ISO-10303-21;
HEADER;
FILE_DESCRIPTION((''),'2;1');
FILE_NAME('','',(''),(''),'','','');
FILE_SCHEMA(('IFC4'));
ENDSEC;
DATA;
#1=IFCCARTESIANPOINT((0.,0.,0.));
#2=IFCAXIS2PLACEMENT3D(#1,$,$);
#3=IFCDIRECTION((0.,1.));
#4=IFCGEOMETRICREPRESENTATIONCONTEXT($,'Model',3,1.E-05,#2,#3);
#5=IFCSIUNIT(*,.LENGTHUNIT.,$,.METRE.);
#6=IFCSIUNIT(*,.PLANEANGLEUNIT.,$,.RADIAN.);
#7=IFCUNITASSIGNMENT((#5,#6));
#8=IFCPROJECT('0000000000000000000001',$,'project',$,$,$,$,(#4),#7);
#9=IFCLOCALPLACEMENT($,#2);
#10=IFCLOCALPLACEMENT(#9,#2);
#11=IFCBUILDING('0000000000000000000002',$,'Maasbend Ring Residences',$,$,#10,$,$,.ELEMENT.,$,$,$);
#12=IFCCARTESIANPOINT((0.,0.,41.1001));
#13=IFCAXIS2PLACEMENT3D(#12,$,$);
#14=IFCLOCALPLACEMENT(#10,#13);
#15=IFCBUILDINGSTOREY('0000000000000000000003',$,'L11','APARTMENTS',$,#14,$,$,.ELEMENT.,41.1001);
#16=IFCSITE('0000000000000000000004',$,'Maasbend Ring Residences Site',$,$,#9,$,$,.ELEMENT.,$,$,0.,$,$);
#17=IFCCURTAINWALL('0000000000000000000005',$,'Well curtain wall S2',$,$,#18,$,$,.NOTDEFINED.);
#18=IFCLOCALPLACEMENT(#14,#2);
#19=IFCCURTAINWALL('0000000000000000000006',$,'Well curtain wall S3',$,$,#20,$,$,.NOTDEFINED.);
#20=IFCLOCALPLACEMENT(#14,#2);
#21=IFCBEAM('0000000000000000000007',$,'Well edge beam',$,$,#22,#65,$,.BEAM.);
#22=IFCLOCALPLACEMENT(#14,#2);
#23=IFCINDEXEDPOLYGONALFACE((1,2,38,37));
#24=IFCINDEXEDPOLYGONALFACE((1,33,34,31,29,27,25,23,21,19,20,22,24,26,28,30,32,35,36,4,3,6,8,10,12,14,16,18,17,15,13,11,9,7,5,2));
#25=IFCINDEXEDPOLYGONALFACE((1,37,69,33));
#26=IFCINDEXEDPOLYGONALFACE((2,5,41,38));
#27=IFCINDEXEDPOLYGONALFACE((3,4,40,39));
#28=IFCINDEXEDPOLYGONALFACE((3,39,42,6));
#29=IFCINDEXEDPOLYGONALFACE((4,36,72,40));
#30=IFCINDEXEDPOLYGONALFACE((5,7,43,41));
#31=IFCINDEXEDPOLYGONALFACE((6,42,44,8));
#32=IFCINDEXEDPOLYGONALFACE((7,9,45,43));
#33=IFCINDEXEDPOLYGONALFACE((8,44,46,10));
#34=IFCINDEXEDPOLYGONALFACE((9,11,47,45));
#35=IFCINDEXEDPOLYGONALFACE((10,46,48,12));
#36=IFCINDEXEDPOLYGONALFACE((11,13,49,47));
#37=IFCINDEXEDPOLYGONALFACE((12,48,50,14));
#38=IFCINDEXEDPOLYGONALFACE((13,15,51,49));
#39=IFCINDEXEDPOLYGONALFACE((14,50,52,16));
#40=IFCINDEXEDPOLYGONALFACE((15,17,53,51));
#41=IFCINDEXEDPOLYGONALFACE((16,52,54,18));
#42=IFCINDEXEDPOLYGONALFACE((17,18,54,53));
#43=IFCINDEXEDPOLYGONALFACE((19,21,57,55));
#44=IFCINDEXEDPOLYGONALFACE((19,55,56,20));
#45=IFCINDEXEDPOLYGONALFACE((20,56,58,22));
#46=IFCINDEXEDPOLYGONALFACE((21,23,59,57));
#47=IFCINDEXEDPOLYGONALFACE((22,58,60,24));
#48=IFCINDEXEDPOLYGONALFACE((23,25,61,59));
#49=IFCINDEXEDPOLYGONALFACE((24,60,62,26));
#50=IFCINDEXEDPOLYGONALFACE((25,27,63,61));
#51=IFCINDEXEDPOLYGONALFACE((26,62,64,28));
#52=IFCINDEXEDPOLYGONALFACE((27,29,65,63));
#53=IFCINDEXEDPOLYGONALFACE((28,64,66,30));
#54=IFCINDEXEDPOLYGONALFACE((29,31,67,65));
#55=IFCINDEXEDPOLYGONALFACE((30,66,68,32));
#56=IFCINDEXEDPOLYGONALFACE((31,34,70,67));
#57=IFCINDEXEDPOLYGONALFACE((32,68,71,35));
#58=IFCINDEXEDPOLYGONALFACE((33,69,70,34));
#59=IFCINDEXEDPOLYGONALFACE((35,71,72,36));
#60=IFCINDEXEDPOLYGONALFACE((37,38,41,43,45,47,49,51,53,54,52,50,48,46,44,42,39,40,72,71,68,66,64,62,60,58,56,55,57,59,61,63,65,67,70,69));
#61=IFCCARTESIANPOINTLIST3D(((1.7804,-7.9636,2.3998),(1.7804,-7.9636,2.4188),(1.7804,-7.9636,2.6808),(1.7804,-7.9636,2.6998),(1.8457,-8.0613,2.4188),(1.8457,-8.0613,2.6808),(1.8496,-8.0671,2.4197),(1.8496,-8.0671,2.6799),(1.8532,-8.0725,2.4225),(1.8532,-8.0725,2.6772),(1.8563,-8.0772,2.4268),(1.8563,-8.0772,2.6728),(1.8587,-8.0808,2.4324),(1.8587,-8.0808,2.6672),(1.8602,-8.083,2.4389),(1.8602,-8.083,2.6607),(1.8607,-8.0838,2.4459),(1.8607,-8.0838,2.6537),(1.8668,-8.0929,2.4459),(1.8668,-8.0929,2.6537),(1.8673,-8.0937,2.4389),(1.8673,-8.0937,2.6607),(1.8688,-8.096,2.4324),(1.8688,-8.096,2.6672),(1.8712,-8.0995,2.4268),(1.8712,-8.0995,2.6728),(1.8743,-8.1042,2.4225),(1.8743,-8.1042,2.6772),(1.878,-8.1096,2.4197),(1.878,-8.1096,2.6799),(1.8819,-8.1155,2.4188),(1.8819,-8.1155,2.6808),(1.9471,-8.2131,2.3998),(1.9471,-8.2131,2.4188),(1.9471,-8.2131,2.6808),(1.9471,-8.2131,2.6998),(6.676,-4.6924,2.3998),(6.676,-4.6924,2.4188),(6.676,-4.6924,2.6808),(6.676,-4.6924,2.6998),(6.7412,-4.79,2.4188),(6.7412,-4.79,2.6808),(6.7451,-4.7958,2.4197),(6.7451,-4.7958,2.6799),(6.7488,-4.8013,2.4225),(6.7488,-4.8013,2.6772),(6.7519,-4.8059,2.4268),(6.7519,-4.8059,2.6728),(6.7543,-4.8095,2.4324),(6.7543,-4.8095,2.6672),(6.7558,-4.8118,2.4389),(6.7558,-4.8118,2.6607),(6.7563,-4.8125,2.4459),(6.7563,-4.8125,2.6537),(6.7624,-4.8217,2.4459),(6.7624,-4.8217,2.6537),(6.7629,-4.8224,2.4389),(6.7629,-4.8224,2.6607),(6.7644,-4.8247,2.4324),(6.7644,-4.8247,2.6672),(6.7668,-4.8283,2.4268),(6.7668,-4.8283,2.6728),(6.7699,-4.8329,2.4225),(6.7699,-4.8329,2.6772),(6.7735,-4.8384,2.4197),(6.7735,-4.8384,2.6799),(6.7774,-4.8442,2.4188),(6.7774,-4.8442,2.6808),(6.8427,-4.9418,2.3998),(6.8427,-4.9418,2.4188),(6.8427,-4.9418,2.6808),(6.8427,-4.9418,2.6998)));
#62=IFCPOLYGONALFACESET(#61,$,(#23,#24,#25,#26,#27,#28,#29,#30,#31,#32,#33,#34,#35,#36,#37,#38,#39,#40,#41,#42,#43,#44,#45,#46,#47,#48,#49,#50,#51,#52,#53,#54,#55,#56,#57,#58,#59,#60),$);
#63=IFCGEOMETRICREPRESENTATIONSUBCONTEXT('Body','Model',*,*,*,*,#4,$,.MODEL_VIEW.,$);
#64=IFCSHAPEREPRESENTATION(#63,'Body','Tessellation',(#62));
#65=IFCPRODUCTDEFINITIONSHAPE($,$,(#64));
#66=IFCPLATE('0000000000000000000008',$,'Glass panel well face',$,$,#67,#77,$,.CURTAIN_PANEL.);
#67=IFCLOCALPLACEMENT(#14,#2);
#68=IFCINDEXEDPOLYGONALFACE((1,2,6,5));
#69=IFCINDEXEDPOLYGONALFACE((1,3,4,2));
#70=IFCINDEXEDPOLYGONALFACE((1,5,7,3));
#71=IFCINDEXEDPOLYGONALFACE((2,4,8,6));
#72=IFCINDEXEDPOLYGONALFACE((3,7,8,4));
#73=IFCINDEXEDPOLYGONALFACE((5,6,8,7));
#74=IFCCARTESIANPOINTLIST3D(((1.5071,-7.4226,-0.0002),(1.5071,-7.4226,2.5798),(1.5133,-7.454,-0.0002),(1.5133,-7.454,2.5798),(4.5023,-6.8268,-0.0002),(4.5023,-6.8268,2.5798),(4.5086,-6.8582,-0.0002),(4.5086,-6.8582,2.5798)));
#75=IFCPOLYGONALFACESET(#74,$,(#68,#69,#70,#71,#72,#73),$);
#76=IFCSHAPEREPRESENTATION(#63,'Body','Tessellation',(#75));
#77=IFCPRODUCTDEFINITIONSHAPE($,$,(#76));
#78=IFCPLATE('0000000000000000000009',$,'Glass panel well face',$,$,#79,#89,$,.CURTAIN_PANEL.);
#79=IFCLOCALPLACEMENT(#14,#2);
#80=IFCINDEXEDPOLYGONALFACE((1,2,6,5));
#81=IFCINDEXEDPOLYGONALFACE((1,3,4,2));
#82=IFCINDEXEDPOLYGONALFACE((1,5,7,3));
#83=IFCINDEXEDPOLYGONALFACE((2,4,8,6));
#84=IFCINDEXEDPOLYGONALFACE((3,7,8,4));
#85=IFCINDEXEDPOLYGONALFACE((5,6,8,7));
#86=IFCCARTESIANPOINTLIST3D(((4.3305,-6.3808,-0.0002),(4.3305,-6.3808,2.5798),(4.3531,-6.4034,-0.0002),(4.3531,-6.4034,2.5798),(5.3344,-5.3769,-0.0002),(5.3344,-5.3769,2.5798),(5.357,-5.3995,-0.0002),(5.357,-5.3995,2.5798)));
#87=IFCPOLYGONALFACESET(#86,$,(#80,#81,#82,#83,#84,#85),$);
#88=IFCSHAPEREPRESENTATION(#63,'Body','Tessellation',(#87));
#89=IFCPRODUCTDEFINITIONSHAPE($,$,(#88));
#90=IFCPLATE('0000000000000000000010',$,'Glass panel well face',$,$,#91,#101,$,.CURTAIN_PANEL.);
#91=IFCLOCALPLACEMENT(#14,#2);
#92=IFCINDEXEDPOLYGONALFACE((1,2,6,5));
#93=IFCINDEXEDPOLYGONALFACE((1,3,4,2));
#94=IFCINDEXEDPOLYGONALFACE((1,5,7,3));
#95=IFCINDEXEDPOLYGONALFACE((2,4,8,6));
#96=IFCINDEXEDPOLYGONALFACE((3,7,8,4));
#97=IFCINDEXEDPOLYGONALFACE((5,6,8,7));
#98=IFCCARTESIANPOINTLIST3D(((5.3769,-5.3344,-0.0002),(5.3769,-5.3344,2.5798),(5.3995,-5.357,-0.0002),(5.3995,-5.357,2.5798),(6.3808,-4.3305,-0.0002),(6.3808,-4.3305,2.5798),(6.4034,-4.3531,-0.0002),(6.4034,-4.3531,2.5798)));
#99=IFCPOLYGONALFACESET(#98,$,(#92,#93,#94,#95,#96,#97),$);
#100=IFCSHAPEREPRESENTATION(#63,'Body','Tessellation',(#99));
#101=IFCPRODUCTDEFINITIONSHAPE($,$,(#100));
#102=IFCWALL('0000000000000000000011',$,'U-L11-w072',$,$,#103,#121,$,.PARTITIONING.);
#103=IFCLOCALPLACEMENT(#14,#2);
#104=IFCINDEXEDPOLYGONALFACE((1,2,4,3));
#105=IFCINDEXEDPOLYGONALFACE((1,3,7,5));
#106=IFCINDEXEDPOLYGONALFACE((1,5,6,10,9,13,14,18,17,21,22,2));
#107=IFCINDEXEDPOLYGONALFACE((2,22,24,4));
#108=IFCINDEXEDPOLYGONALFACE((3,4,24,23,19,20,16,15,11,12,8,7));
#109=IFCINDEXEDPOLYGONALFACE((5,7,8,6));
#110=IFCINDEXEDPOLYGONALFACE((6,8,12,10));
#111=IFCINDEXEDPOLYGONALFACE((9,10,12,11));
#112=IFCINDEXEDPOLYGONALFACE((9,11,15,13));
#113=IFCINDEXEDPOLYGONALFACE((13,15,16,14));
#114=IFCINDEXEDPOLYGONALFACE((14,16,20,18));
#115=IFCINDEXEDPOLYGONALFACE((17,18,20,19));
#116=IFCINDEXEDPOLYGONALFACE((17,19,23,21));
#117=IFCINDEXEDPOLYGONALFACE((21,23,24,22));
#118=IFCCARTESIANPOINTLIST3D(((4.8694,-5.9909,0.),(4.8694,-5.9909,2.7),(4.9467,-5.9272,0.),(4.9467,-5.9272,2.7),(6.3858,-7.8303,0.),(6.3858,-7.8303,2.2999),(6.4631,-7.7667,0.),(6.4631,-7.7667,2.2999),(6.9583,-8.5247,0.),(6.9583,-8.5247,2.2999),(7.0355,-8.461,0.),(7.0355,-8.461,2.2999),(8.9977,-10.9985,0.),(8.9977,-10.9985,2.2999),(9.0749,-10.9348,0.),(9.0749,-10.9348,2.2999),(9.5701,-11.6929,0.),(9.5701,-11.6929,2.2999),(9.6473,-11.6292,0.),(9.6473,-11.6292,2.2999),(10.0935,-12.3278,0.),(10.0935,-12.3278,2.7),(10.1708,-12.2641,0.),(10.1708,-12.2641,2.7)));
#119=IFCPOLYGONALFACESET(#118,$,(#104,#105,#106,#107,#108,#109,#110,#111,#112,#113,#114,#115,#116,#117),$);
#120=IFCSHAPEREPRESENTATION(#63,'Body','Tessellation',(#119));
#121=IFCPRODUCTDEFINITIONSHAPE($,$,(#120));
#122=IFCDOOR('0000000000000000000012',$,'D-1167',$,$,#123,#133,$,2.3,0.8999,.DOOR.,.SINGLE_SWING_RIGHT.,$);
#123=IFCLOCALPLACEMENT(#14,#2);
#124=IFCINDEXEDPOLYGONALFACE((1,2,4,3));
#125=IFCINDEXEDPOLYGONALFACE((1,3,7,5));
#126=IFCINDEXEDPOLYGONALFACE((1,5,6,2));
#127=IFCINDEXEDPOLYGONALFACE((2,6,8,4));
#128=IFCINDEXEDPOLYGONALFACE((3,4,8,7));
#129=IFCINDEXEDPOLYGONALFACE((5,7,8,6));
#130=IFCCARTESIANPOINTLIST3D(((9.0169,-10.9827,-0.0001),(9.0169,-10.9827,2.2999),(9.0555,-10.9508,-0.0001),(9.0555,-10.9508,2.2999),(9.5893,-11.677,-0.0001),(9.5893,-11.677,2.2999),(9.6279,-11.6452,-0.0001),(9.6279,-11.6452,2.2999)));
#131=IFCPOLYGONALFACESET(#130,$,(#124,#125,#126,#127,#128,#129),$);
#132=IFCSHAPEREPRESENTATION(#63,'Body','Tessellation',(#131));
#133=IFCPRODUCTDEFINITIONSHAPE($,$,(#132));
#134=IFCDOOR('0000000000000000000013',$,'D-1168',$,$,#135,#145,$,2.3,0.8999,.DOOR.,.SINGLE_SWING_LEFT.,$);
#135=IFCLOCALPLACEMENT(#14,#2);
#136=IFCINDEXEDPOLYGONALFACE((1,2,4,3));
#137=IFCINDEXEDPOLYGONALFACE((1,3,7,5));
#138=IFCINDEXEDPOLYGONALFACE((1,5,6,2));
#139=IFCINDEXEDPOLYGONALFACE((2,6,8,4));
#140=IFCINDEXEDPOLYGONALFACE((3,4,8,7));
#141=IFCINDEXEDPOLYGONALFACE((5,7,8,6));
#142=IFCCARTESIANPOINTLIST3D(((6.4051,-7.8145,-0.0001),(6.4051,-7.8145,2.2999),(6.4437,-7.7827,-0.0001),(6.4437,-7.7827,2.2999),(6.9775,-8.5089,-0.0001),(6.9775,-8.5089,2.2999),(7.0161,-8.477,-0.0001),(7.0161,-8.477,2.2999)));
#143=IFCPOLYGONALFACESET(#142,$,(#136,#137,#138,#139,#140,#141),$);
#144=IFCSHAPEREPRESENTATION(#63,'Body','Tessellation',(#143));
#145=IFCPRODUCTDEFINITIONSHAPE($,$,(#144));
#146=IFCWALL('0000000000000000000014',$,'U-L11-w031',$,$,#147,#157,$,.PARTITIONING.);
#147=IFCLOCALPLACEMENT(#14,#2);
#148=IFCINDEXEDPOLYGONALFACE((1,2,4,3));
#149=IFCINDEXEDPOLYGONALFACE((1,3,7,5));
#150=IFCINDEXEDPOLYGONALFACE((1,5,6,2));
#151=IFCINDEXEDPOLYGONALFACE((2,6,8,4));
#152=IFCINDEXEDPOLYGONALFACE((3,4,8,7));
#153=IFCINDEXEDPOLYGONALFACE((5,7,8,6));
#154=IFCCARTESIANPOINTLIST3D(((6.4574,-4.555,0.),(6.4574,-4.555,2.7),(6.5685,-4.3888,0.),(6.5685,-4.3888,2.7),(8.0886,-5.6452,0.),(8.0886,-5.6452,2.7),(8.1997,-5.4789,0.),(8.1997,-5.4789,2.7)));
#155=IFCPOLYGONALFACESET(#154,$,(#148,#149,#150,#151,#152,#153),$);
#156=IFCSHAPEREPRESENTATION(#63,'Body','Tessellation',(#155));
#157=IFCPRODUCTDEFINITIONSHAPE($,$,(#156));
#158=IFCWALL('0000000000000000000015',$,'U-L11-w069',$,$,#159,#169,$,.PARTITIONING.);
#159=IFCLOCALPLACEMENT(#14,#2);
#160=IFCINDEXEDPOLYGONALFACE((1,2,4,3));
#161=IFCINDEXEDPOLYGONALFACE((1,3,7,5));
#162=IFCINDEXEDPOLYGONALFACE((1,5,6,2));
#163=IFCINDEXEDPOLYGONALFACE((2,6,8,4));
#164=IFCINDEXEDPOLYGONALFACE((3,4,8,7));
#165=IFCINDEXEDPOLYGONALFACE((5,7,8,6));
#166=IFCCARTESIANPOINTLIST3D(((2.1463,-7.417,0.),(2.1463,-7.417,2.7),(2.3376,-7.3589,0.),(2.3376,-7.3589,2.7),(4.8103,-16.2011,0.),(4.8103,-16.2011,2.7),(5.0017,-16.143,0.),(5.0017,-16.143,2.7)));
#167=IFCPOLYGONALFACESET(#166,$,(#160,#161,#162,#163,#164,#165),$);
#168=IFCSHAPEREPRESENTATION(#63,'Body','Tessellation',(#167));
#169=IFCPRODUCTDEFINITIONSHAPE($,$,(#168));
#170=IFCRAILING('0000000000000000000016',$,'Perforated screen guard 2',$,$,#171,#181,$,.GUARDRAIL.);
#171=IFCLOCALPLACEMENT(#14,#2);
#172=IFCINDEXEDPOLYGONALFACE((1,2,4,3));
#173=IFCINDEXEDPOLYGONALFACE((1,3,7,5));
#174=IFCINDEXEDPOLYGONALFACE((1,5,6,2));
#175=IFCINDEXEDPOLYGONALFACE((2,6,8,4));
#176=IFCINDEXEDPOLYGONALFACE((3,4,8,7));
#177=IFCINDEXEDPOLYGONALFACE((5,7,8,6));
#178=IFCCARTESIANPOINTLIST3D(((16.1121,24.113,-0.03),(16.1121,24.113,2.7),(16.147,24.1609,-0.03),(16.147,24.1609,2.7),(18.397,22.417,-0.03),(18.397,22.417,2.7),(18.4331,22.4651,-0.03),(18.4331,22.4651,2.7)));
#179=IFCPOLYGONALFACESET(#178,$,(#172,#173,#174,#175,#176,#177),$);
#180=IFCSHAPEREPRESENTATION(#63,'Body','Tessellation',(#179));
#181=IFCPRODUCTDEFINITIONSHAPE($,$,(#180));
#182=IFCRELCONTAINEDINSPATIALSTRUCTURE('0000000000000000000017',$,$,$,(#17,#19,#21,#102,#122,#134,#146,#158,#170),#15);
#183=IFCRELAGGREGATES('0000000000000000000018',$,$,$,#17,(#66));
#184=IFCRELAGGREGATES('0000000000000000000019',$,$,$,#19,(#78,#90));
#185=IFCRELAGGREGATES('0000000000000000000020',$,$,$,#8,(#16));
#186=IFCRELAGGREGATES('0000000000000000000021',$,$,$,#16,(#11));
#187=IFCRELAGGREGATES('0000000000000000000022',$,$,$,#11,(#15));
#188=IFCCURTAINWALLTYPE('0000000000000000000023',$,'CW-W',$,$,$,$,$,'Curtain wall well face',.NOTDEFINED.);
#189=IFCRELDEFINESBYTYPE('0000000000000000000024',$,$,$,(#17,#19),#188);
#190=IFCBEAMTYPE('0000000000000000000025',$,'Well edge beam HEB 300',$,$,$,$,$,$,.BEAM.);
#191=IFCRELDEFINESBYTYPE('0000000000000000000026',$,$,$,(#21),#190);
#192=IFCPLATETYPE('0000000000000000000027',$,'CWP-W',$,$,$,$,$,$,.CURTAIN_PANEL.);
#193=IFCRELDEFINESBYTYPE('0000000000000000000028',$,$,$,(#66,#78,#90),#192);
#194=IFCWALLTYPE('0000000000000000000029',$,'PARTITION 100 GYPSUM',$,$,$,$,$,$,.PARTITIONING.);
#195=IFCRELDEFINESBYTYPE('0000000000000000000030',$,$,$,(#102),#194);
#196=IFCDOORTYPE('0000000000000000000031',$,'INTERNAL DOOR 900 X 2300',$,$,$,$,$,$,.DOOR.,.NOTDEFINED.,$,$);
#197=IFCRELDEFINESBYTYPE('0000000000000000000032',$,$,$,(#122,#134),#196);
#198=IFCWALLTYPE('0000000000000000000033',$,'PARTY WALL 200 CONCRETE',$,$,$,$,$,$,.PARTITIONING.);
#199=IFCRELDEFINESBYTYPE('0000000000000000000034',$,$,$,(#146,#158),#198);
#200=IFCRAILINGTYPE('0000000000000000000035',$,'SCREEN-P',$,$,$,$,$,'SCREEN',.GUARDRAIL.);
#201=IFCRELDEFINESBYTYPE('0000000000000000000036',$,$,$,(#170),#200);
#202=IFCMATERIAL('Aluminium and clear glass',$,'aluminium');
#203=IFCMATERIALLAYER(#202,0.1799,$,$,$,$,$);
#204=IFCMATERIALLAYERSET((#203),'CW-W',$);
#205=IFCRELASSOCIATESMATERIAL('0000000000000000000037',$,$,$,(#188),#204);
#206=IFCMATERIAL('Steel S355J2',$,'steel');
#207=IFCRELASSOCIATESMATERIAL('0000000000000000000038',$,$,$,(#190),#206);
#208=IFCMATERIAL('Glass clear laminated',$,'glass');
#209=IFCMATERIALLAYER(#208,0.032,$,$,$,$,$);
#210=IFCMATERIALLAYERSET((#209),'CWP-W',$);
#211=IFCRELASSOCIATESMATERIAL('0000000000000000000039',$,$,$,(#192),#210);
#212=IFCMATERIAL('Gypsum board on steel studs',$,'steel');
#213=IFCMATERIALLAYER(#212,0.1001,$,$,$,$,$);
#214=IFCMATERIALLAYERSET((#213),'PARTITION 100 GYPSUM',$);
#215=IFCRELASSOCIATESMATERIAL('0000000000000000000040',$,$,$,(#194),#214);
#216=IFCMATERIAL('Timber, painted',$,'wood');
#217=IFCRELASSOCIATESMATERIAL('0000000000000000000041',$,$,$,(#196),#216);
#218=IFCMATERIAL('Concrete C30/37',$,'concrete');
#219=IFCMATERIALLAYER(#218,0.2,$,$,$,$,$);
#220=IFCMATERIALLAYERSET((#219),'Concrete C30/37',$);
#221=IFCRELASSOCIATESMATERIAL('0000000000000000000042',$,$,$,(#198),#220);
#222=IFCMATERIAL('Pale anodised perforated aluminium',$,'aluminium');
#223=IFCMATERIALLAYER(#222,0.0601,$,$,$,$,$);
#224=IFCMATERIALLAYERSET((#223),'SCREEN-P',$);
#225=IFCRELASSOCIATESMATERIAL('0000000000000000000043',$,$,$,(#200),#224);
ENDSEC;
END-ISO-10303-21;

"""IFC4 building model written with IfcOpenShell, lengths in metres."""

from ifc_helpers import new_model, si_unit, direction, frame, frame_2d, origin, origin_2d, place, context, subcontext, project, spatial, polyline, rectangle, i_section, outline, extrude, material, layer, layer_set, material_profile, profile_set, type_object, element, fill, aggregate, save


model = new_model("IFC4")

# Units and contexts
model_context = context("Model", 3, precision=1e-05, world=origin(), true_north=direction((0.0, 1.0)))
body_context = subcontext(model_context, "Body", "Model", "MODEL_VIEW")
ifc_project = project(units=[si_unit("LENGTHUNIT", "METRE"), si_unit("PLANEANGLEUNIT", "RADIAN")], contexts=[model_context])

# Site, building, storey
site_placement = place(None, origin())
site = spatial("IfcSite", under=ifc_project, at=site_placement, Name="Maasbend Ring Residences Site", CompositionType="ELEMENT", RefElevation=0.0)
building_placement = place(site_placement, origin())
building = spatial("IfcBuilding", under=site, at=building_placement, Name="Maasbend Ring Residences", CompositionType="ELEMENT")
storey_placement = place(building_placement, frame((0.0, 0.0, 41.1001)))
storey = spatial("IfcBuildingStorey", under=building, at=storey_placement, Name="L11", Description="APARTMENTS", CompositionType="ELEMENT", Elevation=41.1001)

# Curtain walls
ifc_material_1 = material(Name="Aluminium and clear glass", Category="aluminium")
ifc_layer_1 = layer(ifc_material_1, 0.1799)
ifc_layer_set_1 = layer_set([ifc_layer_1], Name="CW-W")
curtain_wall_type = type_object("IfcCurtainWallType", Name="CW-W", ElementType="Curtain wall well face", PredefinedType="NOTDEFINED", material=ifc_layer_set_1)
curtain_wall_1_placement = place(storey_placement, origin())
curtain_wall_1 = element("IfcCurtainWall", 1, at=curtain_wall_1_placement, inside=storey, type_object=curtain_wall_type, Name="Well curtain wall S2", PredefinedType="NOTDEFINED")
curtain_wall_2_placement = place(storey_placement, origin())
curtain_wall_2 = element("IfcCurtainWall", 2, at=curtain_wall_2_placement, inside=storey, type_object=curtain_wall_type, Name="Well curtain wall S3", PredefinedType="NOTDEFINED")

# Beam
ifc_material_2 = material(Name="Steel S355J2", Category="steel")
ifc_material_profile_1 = material_profile(ifc_material_2, i_section(OverallWidth=0.3, OverallDepth=0.3, WebThickness=0.011, FlangeThickness=0.019, FilletRadius=0.0271, at=origin_2d()), Name="HEB 300")
ifc_profile_set_1 = profile_set([ifc_material_profile_1], Name="Steel S355J2")
beam_type = type_object("IfcBeamType", Name="Well edge beam HEB 300", PredefinedType="BEAM", material=ifc_profile_set_1)
beam_placement = place(storey_placement, frame((1.8638, -8.0884, 2.5498), z_axis=(0.831457, 0.55559, 0.0), x_axis=(-0.55559, 0.831457, 0.0)))
element("IfcBeam", 3, at=beam_placement, inside=storey, type_object=beam_type, Name="Well edge beam", PredefinedType="BEAM", context=body_context, shape_type="SweptSolid", body=[
    extrude(i_section(OverallWidth=0.3, OverallDepth=0.3, WebThickness=0.011, FlangeThickness=0.019, FilletRadius=0.0271, at=origin_2d()), origin(), (0.0, 0.0, 1.0), 5.8879),
])

# Plates
ifc_material_3 = material(Name="Glass clear laminated", Category="glass")
ifc_layer_2 = layer(ifc_material_3, 0.032)
ifc_layer_set_2 = layer_set([ifc_layer_2], Name="CWP-W")
plate_type = type_object("IfcPlateType", Name="CWP-W", PredefinedType="CURTAIN_PANEL", material=ifc_layer_set_2)
plate_1_placement = place(storey_placement, frame((3.0078, -7.1404, -0.0002), z_axis=(0.0, 0.0, 1.0), x_axis=(0.980785, 0.19509, 0.0)))
plate_1 = element("IfcPlate", 4, at=plate_1_placement, type_object=plate_type, Name="Glass panel well face", PredefinedType="CURTAIN_PANEL", context=body_context, shape_type="SweptSolid", body=[
    extrude(rectangle(XDim=3.054, YDim=0.032, at=origin_2d()), origin(), (0.0, 0.0, 1.0), 2.5801),
])
aggregate(curtain_wall_1, [plate_1])
plate_2_placement = place(storey_placement, frame((4.8438, -5.8901, -0.0002), z_axis=(0.0, 0.0, 1.0), x_axis=(0.707107, 0.707107, 0.0)))
plate_2 = element("IfcPlate", 5, at=plate_2_placement, type_object=plate_type, Name="Glass panel well face", PredefinedType="CURTAIN_PANEL", context=body_context, shape_type="SweptSolid", body=[
    extrude(rectangle(XDim=1.4197, YDim=0.032, at=origin_2d()), origin(), (0.0, 0.0, 1.0), 2.5801),
])
plate_3_placement = place(storey_placement, frame((5.8901, -4.8438, -0.0002), z_axis=(0.0, 0.0, 1.0), x_axis=(0.707107, 0.707107, 0.0)))
plate_3 = element("IfcPlate", 6, at=plate_3_placement, type_object=plate_type, Name="Glass panel well face", PredefinedType="CURTAIN_PANEL", context=body_context, shape_type="SweptSolid", body=[
    extrude(rectangle(XDim=1.4197, YDim=0.032, at=origin_2d()), origin(), (0.0, 0.0, 1.0), 2.5801),
])
aggregate(curtain_wall_2, [plate_2, plate_3])

# Wall, openings, doors
ifc_material_4 = material(Name="Gypsum board on steel studs", Category="steel")
ifc_layer_3 = layer(ifc_material_4, 0.1001)
ifc_layer_set_3 = layer_set([ifc_layer_3], Name="PARTITION 100 GYPSUM")
wall_type_1 = type_object("IfcWallType", Name="PARTITION 100 GYPSUM", PredefinedType="PARTITIONING", material=ifc_layer_set_3)
wall_1_placement = place(storey_placement, frame((4.908, -5.959, 0.0), z_axis=(0.0, 0.0, 1.0), x_axis=(0.636105, -0.771602, 0.0)))
wall_1 = element("IfcWall", 7, at=wall_1_placement, inside=storey, type_object=wall_type_1, Name="U-L11-w072", PredefinedType="PARTITIONING", context=body_context, shape_type="SweptSolid", body=[
    extrude(rectangle(XDim=8.2126, YDim=0.1001, at=frame_2d((4.1064, 0.0))), origin(), (0.0, 0.0, 1.0), 2.7),
])
opening_1_placement = place(wall_1_placement, frame((6.49, 0.0, 0.0)))
opening_1 = element("IfcOpeningElement", 8, at=opening_1_placement, cuts=wall_1, PredefinedType="OPENING", context=body_context, shape_type="SweptSolid", body=[
    extrude(rectangle(XDim=0.8999, YDim=2.3, at=frame_2d((0.45, 1.1499))), frame((0.0, 0.0601, 0.0), z_axis=(0.0, -1.0, 0.0), x_axis=(1.0, 0.0, 0.0)), (0.0, 0.0, 1.0), 0.1201),
])
opening_2_placement = place(wall_1_placement, frame((2.384, 0.0, 0.0)))
opening_2 = element("IfcOpeningElement", 9, at=opening_2_placement, cuts=wall_1, PredefinedType="OPENING", context=body_context, shape_type="SweptSolid", body=[
    extrude(rectangle(XDim=0.8999, YDim=2.3, at=frame_2d((0.45, 1.1499))), frame((0.0, 0.0601, 0.0), z_axis=(0.0, -1.0, 0.0), x_axis=(1.0, 0.0, 0.0)), (0.0, 0.0, 1.0), 0.1201),
])
ifc_material_5 = material(Name="Timber, painted", Category="wood")
door_type = type_object("IfcDoorType", Name="INTERNAL DOOR 900 X 2300", OperationType="NOTDEFINED", PredefinedType="DOOR", material=ifc_material_5)
door_1_placement = place(opening_1_placement, origin())
door_1 = element("IfcDoor", 10, at=door_1_placement, inside=storey, type_object=door_type, Name="D-1167", OperationType="SINGLE_SWING_RIGHT", OverallHeight=2.3, OverallWidth=0.8999, PredefinedType="DOOR", context=body_context, shape_type="SweptSolid", body=[
    extrude(rectangle(XDim=0.8999, YDim=2.3, at=frame_2d((0.45, 1.1499))), frame((0.0, 0.0249, 0.0), z_axis=(0.0, -1.0, 0.0), x_axis=(1.0, 0.0, 0.0)), (0.0, 0.0, 1.0), 0.05),
])
fill(opening_1, door_1)
door_2_placement = place(opening_2_placement, origin())
door_2 = element("IfcDoor", 11, at=door_2_placement, inside=storey, type_object=door_type, Name="D-1168", OperationType="SINGLE_SWING_LEFT", OverallHeight=2.3, OverallWidth=0.8999, PredefinedType="DOOR", context=body_context, shape_type="SweptSolid", body=[
    extrude(rectangle(XDim=0.8999, YDim=2.3, at=frame_2d((0.45, 1.1499))), frame((0.0, 0.0249, 0.0), z_axis=(0.0, -1.0, 0.0), x_axis=(1.0, 0.0, 0.0)), (0.0, 0.0, 1.0), 0.05),
])
fill(opening_2, door_2)

# Walls
ifc_material_6 = material(Name="Concrete C30/37", Category="concrete")
ifc_layer_4 = layer(ifc_material_6, 0.2)
ifc_layer_set_4 = layer_set([ifc_layer_4], Name="Concrete C30/37")
wall_type_2 = type_object("IfcWallType", Name="PARTY WALL 200 CONCRETE", PredefinedType="PARTITIONING", material=ifc_layer_set_4)
wall_2_placement = place(storey_placement, frame((6.5129, -4.4719, 0.0), z_axis=(0.0, 0.0, 1.0), x_axis=(0.831418, -0.555648, 0.0)))
element("IfcWall", 12, at=wall_2_placement, inside=storey, type_object=wall_type_2, Name="U-L11-w031", PredefinedType="PARTITIONING", context=body_context, shape_type="SweptSolid", body=[
    extrude(rectangle(XDim=1.9619, YDim=0.2, at=frame_2d((0.981, 0.0))), origin(), (0.0, 0.0, 1.0), 2.7),
])
wall_3_placement = place(storey_placement, frame((2.2419, -7.3879, 0.0), z_axis=(0.0, 0.0, 1.0), x_axis=(0.290226, -0.956958, 0.0)))
element("IfcWall", 13, at=wall_3_placement, inside=storey, type_object=wall_type_2, Name="U-L11-w069", PredefinedType="PARTITIONING", context=body_context, shape_type="SweptSolid", body=[
    extrude(rectangle(XDim=9.1792, YDim=0.2, at=frame_2d((4.5896, 0.0))), origin(), (0.0, 0.0, 1.0), 2.7),
])

# Railing
ifc_material_7 = material(Name="Pale anodised perforated aluminium", Category="aluminium")
ifc_layer_5 = layer(ifc_material_7, 0.0601)
ifc_layer_set_5 = layer_set([ifc_layer_5], Name="SCREEN-P")
railing_type = type_object("IfcRailingType", Name="SCREEN-P", ElementType="SCREEN", PredefinedType="GUARDRAIL", material=ifc_layer_set_5)
railing_1_placement = place(storey_placement, frame((0.0, 0.0, -0.03)))
element("IfcRailing", 14, at=railing_1_placement, inside=storey, type_object=railing_type, Name="Perforated screen guard 2", PredefinedType="GUARDRAIL", context=body_context, shape_type="SweptSolid", body=[
    extrude(outline(polyline([(18.397, 22.417), (16.1121, 24.113), (16.147, 24.1609), (18.4331, 22.4651), (18.397, 22.417)])), origin(), (0.0, 0.0, 1.0), 2.73),
])

save(model, "model.ifc")
